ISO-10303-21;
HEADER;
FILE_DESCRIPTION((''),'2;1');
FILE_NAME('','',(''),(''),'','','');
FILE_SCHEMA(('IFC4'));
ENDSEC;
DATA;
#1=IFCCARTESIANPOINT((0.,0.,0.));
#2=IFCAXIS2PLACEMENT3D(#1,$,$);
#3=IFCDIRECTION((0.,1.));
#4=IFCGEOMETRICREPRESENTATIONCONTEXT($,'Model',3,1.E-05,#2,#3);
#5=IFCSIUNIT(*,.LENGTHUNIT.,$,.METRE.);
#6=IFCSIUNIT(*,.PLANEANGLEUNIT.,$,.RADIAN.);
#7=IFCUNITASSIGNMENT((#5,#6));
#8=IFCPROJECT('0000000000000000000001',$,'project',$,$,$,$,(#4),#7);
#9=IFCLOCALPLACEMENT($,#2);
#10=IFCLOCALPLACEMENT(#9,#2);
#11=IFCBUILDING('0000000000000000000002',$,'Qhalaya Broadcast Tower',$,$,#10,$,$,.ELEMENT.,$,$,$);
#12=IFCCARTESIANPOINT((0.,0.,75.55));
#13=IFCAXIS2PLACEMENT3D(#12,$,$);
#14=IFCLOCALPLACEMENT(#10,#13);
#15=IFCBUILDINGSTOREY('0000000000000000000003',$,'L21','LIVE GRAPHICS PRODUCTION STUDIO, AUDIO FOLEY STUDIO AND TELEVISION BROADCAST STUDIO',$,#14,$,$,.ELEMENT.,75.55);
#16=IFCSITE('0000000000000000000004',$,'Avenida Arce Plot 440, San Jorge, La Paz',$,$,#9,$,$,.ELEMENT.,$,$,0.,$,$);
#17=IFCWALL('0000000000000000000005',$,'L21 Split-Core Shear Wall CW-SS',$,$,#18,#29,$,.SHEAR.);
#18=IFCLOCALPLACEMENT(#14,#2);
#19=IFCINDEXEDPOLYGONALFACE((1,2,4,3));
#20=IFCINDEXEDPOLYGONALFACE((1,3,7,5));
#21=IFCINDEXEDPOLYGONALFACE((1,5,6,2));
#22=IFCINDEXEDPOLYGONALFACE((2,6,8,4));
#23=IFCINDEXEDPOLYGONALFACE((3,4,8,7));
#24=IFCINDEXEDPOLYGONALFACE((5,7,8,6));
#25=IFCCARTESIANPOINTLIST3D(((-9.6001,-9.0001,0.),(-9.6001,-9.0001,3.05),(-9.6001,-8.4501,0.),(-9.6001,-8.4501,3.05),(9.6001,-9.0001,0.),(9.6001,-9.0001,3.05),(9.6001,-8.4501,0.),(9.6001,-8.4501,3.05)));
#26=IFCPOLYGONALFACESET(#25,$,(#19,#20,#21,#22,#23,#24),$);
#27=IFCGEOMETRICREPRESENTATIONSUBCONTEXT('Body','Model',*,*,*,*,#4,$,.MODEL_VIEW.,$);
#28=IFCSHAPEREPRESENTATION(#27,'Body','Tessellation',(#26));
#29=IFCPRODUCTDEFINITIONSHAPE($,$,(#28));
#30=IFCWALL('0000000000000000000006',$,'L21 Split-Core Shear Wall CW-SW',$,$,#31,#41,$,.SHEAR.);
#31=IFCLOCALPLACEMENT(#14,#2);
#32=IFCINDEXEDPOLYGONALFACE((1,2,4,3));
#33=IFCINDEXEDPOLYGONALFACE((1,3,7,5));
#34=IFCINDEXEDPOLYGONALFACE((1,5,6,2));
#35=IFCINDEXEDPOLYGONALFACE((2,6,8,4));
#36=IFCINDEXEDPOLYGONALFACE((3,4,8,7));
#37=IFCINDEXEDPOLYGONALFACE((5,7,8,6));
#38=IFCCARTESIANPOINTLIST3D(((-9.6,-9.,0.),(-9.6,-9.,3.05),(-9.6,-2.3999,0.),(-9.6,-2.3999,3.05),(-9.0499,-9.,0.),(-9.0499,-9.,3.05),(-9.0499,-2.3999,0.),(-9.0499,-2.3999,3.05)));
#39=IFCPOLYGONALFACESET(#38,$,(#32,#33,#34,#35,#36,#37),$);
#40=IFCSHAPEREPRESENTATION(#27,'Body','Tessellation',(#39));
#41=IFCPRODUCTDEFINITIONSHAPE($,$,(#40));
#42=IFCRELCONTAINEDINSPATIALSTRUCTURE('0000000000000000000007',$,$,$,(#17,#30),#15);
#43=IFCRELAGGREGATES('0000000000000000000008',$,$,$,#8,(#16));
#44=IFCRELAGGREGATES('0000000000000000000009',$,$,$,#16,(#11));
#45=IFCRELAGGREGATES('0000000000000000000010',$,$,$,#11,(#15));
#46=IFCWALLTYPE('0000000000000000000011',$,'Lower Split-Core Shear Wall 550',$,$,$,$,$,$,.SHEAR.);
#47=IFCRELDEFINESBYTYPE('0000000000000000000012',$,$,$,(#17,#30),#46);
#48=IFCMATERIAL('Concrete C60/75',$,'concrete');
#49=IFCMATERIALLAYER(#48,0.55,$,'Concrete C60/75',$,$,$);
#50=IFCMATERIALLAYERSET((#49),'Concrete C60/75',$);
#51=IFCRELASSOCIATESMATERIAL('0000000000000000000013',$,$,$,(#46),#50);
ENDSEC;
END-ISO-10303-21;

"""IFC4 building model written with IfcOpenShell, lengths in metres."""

from ifc_helpers import new_model, si_unit, direction, frame, frame_2d, origin, place, context, subcontext, project, spatial, rectangle, extrude, material, layer, layer_set, type_object, element, save


model = new_model("IFC4")

# Units and contexts
model_context = context("Model", 3, precision=1e-05, world=origin(), true_north=direction((0.0, 1.0)))
body_context = subcontext(model_context, "Body", "Model", "MODEL_VIEW")
ifc_project = project(units=[si_unit("LENGTHUNIT", "METRE"), si_unit("PLANEANGLEUNIT", "RADIAN")], contexts=[model_context])

# Site, building, storey
site_placement = place(None, origin())
site = spatial("IfcSite", under=ifc_project, at=site_placement, Name="Avenida Arce Plot 440, San Jorge, La Paz", CompositionType="ELEMENT", RefElevation=0.0)
building_placement = place(site_placement, origin())
building = spatial("IfcBuilding", under=site, at=building_placement, Name="Qhalaya Broadcast Tower", CompositionType="ELEMENT")
storey_placement = place(building_placement, frame((0.0, 0.0, 75.55)))
storey = spatial("IfcBuildingStorey", under=building, at=storey_placement, Name="L21", Description="LIVE GRAPHICS PRODUCTION STUDIO, AUDIO FOLEY STUDIO AND TELEVISION BROADCAST STUDIO", CompositionType="ELEMENT", Elevation=75.55)

# Wall
ifc_material_1 = material(Name="Concrete C60/75", Category="concrete")
ifc_layer_1 = layer(ifc_material_1, 0.55, Name="Concrete C60/75")
ifc_layer_set_1 = layer_set([ifc_layer_1], Name="Concrete C60/75")
wall_type_1 = type_object("IfcWallType", Name="Lower Split-Core Shear Wall 550", PredefinedType="SHEAR", material=ifc_layer_set_1)
wall_1_placement = place(storey_placement, frame((-9.6001, -8.7251, 0.0), z_axis=(0.0, 0.0, 1.0), x_axis=(1.0, 0.0, 0.0)))
element("IfcWall", 1, at=wall_1_placement, inside=storey, type_object=wall_type_1, Name="L21 Split-Core Shear Wall CW-SS", PredefinedType="SHEAR", context=body_context, shape_type="SweptSolid", body=[
    extrude(rectangle(XDim=19.2002, YDim=0.55, at=frame_2d((9.6001, 0.0))), origin(), (0.0, 0.0, 1.0), 3.05),
])

# Wall
wall_2_placement = place(storey_placement, frame((-9.325, -9.0, 0.0), z_axis=(0.0, 0.0, 1.0), x_axis=(0.0, 1.0, 0.0)))
element("IfcWall", 2, at=wall_2_placement, inside=storey, type_object=wall_type_1, Name="L21 Split-Core Shear Wall CW-SW", PredefinedType="SHEAR", context=body_context, shape_type="SweptSolid", body=[
    extrude(rectangle(XDim=6.6001, YDim=0.55, at=frame_2d((3.3, 0.0))), origin(), (0.0, 0.0, 1.0), 3.05),
])

save(model, "model.ifc")
